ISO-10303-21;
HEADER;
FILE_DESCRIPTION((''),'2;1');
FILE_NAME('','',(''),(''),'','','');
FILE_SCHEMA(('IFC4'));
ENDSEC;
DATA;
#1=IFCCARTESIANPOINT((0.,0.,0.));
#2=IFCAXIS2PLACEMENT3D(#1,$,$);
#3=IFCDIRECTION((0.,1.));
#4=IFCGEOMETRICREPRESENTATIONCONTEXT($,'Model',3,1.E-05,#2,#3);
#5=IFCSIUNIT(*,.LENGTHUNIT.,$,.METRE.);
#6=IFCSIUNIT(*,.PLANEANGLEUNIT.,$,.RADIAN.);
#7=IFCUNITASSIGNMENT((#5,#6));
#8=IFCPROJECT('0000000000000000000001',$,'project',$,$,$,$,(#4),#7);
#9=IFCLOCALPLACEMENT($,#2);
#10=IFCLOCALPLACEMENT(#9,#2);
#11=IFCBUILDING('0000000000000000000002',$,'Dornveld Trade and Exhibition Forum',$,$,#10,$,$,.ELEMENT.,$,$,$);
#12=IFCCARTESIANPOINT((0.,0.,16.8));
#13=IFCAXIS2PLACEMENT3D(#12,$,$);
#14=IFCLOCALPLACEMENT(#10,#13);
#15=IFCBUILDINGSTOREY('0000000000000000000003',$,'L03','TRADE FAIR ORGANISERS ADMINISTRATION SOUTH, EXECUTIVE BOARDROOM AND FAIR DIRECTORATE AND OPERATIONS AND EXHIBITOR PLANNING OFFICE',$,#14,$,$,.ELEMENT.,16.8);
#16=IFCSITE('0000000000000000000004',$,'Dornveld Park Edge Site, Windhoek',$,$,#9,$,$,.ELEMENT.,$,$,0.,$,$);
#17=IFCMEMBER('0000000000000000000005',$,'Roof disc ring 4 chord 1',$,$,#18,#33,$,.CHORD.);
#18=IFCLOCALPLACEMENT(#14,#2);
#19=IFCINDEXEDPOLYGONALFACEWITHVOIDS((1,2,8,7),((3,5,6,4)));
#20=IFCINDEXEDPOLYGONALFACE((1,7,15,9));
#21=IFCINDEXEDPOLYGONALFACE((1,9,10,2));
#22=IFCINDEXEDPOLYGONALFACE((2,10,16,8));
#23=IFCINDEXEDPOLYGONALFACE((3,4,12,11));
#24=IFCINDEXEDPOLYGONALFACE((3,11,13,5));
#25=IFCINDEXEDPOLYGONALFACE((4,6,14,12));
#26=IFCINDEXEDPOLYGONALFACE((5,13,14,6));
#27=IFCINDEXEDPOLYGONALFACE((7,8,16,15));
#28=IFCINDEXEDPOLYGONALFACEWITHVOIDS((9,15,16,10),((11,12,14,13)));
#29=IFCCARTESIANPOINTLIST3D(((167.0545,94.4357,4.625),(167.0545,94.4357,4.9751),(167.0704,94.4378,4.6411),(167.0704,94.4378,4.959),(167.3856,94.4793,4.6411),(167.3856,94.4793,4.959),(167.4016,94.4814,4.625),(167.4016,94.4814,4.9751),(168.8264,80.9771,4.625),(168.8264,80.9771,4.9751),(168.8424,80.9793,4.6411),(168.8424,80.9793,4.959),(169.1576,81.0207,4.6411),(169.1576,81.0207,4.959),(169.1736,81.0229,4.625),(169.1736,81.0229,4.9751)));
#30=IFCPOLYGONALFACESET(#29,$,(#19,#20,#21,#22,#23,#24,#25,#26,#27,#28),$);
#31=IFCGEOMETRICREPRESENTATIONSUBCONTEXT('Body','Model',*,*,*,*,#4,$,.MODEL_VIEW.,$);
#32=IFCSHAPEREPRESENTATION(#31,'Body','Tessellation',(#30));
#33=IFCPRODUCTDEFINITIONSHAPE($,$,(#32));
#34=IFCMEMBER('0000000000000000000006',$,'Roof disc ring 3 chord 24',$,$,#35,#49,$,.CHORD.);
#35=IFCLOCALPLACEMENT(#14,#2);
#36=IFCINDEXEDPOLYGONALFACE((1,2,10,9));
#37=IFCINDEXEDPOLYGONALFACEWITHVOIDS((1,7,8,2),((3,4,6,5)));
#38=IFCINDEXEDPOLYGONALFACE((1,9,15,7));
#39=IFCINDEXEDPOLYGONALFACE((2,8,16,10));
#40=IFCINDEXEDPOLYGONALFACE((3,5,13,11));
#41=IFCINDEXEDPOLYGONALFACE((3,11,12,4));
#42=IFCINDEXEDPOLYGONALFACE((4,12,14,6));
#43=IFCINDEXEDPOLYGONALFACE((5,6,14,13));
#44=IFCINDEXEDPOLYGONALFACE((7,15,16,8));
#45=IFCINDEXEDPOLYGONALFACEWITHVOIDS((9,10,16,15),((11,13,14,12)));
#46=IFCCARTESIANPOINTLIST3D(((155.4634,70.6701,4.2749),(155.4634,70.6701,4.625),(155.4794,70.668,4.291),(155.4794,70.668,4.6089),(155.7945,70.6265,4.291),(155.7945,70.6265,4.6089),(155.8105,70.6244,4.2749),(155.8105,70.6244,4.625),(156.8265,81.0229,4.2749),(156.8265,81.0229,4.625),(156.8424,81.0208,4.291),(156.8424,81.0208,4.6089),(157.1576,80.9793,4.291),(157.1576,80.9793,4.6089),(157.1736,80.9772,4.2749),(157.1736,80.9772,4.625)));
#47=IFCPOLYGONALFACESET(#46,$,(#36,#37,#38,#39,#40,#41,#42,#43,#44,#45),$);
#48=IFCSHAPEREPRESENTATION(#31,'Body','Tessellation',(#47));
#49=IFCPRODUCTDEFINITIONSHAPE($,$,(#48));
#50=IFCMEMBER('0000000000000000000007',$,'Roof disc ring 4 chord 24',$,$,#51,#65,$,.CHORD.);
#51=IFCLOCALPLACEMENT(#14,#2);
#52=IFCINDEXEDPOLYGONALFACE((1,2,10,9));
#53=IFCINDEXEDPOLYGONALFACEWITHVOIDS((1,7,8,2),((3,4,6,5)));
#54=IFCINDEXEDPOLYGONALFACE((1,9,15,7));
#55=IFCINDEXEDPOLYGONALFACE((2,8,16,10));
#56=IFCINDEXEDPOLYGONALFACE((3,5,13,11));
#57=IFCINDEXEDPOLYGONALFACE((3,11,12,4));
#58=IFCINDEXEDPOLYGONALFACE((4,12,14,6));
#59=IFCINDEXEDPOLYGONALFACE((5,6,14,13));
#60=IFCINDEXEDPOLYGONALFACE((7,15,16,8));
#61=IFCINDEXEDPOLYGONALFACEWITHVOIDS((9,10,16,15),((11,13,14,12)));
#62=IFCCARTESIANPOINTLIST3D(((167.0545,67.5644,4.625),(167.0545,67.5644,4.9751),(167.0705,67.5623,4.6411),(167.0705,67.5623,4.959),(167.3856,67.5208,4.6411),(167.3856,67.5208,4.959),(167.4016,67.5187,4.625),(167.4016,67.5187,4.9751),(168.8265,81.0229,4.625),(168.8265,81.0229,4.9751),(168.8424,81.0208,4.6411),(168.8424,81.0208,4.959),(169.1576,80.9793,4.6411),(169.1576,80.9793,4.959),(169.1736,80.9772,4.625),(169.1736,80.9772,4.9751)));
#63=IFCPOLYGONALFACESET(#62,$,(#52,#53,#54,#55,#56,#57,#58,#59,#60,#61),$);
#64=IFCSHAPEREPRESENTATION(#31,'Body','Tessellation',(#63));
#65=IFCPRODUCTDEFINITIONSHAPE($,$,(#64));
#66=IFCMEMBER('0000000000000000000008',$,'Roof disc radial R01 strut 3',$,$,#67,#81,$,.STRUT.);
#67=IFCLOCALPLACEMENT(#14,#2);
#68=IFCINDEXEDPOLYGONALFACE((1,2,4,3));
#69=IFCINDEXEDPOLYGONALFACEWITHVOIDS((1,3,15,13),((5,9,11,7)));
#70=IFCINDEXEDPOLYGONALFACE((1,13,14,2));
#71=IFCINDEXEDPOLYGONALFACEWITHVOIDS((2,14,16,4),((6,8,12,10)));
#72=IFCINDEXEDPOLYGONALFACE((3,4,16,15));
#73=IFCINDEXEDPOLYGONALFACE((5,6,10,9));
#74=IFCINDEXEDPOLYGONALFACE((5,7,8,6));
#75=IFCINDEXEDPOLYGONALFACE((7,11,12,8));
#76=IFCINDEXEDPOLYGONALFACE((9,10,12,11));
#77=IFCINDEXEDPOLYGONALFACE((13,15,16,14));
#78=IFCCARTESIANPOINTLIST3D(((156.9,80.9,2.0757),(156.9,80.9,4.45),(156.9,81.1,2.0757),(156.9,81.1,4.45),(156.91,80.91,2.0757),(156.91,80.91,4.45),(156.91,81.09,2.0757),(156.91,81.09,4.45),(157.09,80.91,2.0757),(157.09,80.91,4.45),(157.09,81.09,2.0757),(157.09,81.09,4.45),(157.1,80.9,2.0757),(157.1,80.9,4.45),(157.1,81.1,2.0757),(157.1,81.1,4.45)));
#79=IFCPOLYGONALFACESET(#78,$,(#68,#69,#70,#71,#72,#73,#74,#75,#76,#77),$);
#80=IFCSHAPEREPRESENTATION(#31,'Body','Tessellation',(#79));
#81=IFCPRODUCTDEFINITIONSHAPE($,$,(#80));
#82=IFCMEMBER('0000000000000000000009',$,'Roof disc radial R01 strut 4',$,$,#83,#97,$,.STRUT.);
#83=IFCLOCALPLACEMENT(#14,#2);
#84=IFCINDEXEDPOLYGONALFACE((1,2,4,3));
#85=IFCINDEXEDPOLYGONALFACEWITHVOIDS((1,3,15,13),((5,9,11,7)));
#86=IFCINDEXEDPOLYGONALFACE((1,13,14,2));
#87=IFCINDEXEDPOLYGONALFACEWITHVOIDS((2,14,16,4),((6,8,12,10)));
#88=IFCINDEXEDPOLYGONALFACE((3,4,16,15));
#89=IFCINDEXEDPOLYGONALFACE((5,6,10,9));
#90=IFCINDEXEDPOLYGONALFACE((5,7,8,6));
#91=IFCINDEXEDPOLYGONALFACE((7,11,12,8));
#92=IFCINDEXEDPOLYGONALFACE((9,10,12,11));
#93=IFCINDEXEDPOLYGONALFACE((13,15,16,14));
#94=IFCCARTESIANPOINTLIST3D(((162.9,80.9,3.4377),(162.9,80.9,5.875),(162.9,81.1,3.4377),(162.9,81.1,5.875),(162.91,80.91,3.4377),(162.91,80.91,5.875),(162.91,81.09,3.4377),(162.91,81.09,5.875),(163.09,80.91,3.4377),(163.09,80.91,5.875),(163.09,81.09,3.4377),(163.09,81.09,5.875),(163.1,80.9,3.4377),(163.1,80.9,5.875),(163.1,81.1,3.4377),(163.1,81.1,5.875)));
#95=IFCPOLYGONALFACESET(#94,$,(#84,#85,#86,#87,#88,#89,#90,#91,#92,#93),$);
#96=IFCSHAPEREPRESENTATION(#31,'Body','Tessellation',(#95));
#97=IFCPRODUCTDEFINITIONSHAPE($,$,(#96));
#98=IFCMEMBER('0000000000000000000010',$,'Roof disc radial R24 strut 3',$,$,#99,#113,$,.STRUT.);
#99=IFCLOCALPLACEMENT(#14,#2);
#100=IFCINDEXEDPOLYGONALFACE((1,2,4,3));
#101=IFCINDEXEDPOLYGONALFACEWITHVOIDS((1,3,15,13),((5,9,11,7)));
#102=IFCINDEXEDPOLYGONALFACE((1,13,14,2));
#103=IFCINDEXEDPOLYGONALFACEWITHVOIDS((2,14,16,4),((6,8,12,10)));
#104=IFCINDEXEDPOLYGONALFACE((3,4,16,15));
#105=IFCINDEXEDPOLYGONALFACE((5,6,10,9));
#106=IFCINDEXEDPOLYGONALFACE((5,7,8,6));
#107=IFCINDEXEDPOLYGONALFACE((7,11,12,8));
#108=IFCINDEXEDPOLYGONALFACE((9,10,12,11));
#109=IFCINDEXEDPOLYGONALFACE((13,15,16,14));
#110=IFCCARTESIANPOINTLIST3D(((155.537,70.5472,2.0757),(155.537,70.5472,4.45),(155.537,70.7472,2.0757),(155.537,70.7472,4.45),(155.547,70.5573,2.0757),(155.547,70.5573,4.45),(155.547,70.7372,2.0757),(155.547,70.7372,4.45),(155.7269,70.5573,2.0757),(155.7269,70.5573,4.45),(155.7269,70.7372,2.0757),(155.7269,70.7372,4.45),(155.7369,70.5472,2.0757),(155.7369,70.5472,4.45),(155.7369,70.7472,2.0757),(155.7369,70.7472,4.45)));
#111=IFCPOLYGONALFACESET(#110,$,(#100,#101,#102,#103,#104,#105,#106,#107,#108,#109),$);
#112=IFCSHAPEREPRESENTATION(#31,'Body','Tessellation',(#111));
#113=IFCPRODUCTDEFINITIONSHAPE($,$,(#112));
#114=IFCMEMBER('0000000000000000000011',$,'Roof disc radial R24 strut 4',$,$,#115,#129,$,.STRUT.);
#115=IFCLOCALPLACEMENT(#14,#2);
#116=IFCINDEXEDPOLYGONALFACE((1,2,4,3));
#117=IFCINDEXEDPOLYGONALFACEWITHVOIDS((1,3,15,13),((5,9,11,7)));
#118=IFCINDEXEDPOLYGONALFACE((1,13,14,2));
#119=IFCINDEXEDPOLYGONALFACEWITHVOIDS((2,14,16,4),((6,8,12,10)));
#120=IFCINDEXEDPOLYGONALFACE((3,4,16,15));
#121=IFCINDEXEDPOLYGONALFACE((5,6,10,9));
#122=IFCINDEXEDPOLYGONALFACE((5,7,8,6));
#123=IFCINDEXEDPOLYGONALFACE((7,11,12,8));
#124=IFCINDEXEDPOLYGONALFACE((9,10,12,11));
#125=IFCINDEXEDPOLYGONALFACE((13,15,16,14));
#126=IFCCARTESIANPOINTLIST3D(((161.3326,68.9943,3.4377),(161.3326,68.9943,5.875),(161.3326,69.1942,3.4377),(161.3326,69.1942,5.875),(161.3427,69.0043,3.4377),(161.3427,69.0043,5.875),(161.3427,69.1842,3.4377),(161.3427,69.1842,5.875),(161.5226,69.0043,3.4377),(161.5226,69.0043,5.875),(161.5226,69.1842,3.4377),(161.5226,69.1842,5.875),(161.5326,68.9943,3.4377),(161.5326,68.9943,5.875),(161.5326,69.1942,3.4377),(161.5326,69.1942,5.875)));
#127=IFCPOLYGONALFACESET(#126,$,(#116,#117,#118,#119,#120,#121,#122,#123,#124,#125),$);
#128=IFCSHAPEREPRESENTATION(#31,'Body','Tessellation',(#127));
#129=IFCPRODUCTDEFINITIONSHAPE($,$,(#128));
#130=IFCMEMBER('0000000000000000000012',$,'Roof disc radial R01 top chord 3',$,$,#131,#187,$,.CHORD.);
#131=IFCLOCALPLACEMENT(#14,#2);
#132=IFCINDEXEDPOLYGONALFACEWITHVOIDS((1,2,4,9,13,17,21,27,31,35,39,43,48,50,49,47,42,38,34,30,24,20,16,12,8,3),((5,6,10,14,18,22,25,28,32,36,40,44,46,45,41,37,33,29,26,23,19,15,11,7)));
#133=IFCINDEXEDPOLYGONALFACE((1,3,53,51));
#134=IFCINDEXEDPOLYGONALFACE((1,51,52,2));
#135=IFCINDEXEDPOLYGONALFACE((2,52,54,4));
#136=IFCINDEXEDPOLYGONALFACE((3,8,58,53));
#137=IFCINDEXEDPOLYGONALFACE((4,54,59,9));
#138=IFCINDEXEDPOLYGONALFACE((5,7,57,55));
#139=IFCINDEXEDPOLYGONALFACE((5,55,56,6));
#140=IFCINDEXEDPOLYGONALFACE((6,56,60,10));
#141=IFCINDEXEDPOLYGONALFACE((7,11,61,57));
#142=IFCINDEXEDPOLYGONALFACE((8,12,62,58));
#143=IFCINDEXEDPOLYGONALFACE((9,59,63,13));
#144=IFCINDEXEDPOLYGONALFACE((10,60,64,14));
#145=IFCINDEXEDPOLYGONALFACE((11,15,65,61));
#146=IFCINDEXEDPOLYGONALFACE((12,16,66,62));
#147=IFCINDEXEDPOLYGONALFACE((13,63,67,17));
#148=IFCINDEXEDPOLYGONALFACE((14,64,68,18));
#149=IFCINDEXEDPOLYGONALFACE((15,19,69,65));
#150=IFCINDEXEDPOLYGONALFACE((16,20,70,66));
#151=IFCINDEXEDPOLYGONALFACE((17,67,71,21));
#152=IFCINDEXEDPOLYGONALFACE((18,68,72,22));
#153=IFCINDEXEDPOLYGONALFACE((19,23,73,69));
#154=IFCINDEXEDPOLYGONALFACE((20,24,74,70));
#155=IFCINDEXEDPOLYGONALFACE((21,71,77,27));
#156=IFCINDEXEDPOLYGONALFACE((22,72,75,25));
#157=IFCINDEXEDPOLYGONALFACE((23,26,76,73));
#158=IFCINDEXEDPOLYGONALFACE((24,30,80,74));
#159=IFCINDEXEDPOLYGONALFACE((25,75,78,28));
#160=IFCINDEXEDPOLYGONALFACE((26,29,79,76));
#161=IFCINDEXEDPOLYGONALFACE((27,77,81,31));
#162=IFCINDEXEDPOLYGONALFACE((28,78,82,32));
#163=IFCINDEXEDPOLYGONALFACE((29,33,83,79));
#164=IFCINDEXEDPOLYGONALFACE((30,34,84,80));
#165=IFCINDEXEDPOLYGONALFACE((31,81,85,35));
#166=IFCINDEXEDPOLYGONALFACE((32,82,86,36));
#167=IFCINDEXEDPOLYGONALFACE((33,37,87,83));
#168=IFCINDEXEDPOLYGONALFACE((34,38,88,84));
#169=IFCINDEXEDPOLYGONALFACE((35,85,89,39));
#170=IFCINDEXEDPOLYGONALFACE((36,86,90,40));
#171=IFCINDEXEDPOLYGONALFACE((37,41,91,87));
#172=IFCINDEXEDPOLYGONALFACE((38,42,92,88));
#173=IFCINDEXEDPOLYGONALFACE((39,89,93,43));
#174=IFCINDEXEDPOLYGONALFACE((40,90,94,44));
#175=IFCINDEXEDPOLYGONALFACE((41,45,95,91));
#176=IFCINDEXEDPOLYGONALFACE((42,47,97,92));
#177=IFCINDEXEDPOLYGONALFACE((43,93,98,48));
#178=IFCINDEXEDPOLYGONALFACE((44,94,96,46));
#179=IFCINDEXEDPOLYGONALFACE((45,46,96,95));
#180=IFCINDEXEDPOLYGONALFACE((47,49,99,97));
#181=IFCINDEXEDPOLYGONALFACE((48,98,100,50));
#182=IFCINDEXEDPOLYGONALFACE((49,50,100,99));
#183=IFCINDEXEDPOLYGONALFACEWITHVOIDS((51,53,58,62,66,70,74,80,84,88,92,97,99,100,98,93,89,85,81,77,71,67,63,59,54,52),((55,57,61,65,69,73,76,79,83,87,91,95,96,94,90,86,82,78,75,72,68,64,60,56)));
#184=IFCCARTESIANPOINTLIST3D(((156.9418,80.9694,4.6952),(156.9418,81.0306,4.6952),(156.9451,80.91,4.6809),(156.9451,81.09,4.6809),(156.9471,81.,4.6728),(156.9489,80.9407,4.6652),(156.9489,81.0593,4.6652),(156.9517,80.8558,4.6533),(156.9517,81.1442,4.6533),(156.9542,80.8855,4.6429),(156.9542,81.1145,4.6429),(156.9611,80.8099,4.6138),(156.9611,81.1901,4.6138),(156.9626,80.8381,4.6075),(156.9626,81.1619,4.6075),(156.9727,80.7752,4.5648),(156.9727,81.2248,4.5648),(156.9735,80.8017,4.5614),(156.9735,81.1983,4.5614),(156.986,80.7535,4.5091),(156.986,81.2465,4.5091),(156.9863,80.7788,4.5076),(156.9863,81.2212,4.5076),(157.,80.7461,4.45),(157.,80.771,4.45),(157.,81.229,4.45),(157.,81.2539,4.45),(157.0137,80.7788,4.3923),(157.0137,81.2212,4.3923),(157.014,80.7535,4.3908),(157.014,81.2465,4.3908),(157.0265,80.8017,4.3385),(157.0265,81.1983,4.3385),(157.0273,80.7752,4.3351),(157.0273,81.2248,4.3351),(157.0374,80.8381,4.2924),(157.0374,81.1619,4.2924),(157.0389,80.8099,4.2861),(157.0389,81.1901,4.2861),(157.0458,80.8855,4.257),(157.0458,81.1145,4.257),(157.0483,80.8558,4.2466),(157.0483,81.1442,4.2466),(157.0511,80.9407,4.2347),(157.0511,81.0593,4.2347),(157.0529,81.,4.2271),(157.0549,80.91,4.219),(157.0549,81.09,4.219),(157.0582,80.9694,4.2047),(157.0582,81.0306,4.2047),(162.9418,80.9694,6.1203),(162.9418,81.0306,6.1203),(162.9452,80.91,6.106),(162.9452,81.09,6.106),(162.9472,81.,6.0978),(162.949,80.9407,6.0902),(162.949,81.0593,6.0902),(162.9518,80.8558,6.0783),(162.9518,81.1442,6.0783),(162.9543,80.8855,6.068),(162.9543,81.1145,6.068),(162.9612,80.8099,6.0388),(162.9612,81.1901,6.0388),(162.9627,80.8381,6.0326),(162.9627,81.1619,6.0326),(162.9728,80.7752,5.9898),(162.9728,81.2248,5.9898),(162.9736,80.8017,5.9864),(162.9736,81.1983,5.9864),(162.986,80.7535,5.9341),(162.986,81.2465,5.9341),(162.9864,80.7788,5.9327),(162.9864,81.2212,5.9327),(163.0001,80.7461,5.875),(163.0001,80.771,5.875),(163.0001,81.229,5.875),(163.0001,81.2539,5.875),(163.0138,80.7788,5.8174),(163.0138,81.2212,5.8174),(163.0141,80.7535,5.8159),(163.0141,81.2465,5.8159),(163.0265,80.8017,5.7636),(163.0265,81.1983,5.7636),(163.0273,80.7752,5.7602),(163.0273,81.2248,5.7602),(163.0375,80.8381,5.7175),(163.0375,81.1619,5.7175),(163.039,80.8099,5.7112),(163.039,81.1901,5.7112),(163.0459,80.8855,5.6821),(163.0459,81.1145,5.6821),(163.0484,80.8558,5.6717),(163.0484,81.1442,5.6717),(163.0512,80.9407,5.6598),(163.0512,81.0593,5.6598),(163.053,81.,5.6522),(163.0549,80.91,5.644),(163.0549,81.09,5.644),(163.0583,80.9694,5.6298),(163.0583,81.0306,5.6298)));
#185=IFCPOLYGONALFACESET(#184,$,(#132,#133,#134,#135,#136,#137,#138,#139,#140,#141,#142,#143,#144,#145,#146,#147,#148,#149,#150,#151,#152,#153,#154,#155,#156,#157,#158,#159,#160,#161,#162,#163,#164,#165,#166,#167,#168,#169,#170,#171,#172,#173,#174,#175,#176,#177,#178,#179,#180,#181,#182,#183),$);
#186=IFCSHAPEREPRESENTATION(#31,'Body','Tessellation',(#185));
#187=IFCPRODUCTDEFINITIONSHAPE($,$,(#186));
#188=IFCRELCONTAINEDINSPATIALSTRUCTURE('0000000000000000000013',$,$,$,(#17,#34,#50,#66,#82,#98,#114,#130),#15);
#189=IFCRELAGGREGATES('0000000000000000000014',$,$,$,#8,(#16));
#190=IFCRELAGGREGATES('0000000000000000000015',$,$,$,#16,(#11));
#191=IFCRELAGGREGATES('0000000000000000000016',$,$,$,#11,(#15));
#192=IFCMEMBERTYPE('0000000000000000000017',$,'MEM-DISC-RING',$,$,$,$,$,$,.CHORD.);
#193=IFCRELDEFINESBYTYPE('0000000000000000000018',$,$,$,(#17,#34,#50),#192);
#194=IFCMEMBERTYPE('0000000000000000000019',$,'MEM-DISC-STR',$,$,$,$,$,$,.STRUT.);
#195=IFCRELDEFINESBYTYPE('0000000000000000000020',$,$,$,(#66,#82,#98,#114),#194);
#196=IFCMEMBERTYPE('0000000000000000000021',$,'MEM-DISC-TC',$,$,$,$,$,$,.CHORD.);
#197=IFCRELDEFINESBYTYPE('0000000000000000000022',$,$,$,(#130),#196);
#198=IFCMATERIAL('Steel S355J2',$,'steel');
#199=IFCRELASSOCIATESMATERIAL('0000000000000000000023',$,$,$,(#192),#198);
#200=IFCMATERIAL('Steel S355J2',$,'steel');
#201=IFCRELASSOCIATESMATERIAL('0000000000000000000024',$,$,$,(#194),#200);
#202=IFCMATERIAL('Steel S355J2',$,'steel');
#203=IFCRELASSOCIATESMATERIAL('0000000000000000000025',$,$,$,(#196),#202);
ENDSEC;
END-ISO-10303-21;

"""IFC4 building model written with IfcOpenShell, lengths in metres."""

from ifc_helpers import new_model, si_unit, direction, frame, origin, origin_2d, place, context, subcontext, project, spatial, hollow_rectangle, hollow_circle, extrude, material, material_profile, profile_set, type_object, element, save


model = new_model("IFC4")

# Units and contexts
model_context = context("Model", 3, precision=1e-05, world=origin(), true_north=direction((0.0, 1.0)))
body_context = subcontext(model_context, "Body", "Model", "MODEL_VIEW")
ifc_project = project(units=[si_unit("LENGTHUNIT", "METRE"), si_unit("PLANEANGLEUNIT", "RADIAN")], contexts=[model_context])

# Site, building, storey
site_placement = place(None, origin())
site = spatial("IfcSite", under=ifc_project, at=site_placement, Name="Dornveld Park Edge Site, Windhoek", CompositionType="ELEMENT", RefElevation=0.0)
building_placement = place(site_placement, origin())
building = spatial("IfcBuilding", under=site, at=building_placement, Name="Dornveld Trade and Exhibition Forum", CompositionType="ELEMENT")
storey_placement = place(building_placement, frame((0.0, 0.0, 16.8)))
storey = spatial("IfcBuildingStorey", under=building, at=storey_placement, Name="L03", Description="TRADE FAIR ORGANISERS ADMINISTRATION SOUTH, EXECUTIVE BOARDROOM AND FAIR DIRECTORATE AND OPERATIONS AND EXHIBITOR PLANNING OFFICE", CompositionType="ELEMENT", Elevation=16.8)

# Members
ifc_material_1 = material(Name="Steel S355J2", Category="steel")
ifc_material_profile_1 = material_profile(ifc_material_1, hollow_rectangle(XDim=0.3501, YDim=0.3501, WallThickness=0.0161, at=origin_2d()), Name="SHS 350x350x16")
ifc_profile_set_1 = profile_set([ifc_material_profile_1], Name="Steel S355J2")
member_type_1 = type_object("IfcMemberType", Name="MEM-DISC-RING", PredefinedType="CHORD", material=ifc_profile_set_1)
member_1_placement = place(storey_placement, frame((169.0, 81.0, 4.8), z_axis=(-0.130535, 0.991444, 0.0), x_axis=(-0.991444, -0.130535, 0.0)))
element("IfcMember", 1, at=member_1_placement, inside=storey, type_object=member_type_1, Name="Roof disc ring 4 chord 1", PredefinedType="CHORD", context=body_context, shape_type="SweptSolid", body=[
    extrude(hollow_rectangle(XDim=0.3501, YDim=0.3501, WallThickness=0.0161, at=origin_2d()), origin(), (0.0, 0.0, 1.0), 13.5747),
])
member_2_placement = place(storey_placement, frame((155.637, 70.6472, 4.45), z_axis=(0.130533, 0.991444, 0.0), x_axis=(-0.991444, 0.130533, 0.0)))
element("IfcMember", 2, at=member_2_placement, inside=storey, type_object=member_type_1, Name="Roof disc ring 3 chord 24", PredefinedType="CHORD", context=body_context, shape_type="SweptSolid", body=[
    extrude(hollow_rectangle(XDim=0.3501, YDim=0.3501, WallThickness=0.0161, at=origin_2d()), origin(), (0.0, 0.0, 1.0), 10.4421),
])
member_3_placement = place(storey_placement, frame((167.228, 67.5415, 4.8), z_axis=(0.130535, 0.991444, 0.0), x_axis=(-0.991444, 0.130535, 0.0)))
element("IfcMember", 3, at=member_3_placement, inside=storey, type_object=member_type_1, Name="Roof disc ring 4 chord 24", PredefinedType="CHORD", context=body_context, shape_type="SweptSolid", body=[
    extrude(hollow_rectangle(XDim=0.3501, YDim=0.3501, WallThickness=0.0161, at=origin_2d()), origin(), (0.0, 0.0, 1.0), 13.5747),
])
ifc_material_2 = material(Name="Steel S355J2", Category="steel")
ifc_material_profile_2 = material_profile(ifc_material_2, hollow_rectangle(XDim=0.2, YDim=0.2, WallThickness=0.01, at=origin_2d()), Name="SHS 200x200x10")
ifc_profile_set_2 = profile_set([ifc_material_profile_2], Name="Steel S355J2")
member_type_2 = type_object("IfcMemberType", Name="MEM-DISC-STR", PredefinedType="STRUT", material=ifc_profile_set_2)
member_4_placement = place(storey_placement, frame((157.0, 81.0, 2.0757), z_axis=(0.0, 0.0, 1.0), x_axis=(1.0, 0.0, 0.0)))
element("IfcMember", 4, at=member_4_placement, inside=storey, type_object=member_type_2, Name="Roof disc radial R01 strut 3", PredefinedType="STRUT", context=body_context, shape_type="SweptSolid", body=[
    extrude(hollow_rectangle(XDim=0.2, YDim=0.2, WallThickness=0.01, at=origin_2d()), origin(), (0.0, 0.0, 1.0), 2.3743),
])
member_5_placement = place(storey_placement, frame((163.0, 81.0, 3.4377), z_axis=(0.0, 0.0, 1.0), x_axis=(1.0, 0.0, 0.0)))
element("IfcMember", 5, at=member_5_placement, inside=storey, type_object=member_type_2, Name="Roof disc radial R01 strut 4", PredefinedType="STRUT", context=body_context, shape_type="SweptSolid", body=[
    extrude(hollow_rectangle(XDim=0.2, YDim=0.2, WallThickness=0.01, at=origin_2d()), origin(), (0.0, 0.0, 1.0), 2.4373),
])
member_6_placement = place(storey_placement, frame((155.637, 70.6472, 2.0757), z_axis=(0.0, 0.0, 1.0), x_axis=(1.0, 0.0, 0.0)))
element("IfcMember", 6, at=member_6_placement, inside=storey, type_object=member_type_2, Name="Roof disc radial R24 strut 3", PredefinedType="STRUT", context=body_context, shape_type="SweptSolid", body=[
    extrude(hollow_rectangle(XDim=0.2, YDim=0.2, WallThickness=0.01, at=origin_2d()), origin(), (0.0, 0.0, 1.0), 2.3743),
])
member_7_placement = place(storey_placement, frame((161.4326, 69.0942, 3.4377), z_axis=(0.0, 0.0, 1.0), x_axis=(1.0, 0.0, 0.0)))
element("IfcMember", 7, at=member_7_placement, inside=storey, type_object=member_type_2, Name="Roof disc radial R24 strut 4", PredefinedType="STRUT", context=body_context, shape_type="SweptSolid", body=[
    extrude(hollow_rectangle(XDim=0.2, YDim=0.2, WallThickness=0.01, at=origin_2d()), origin(), (0.0, 0.0, 1.0), 2.4373),
])
ifc_material_3 = material(Name="Steel S355J2", Category="steel")
ifc_material_profile_3 = material_profile(ifc_material_3, hollow_circle(Radius=0.2539, WallThickness=0.0249, at=origin_2d()), Name="CHS 508x25")
ifc_profile_set_3 = profile_set([ifc_material_profile_3], Name="Steel S355J2")
member_type_3 = type_object("IfcMemberType", Name="MEM-DISC-TC", PredefinedType="CHORD", material=ifc_profile_set_3)
member_8_placement = place(storey_placement, frame((157.0, 81.0, 4.45), z_axis=(0.972935, 0.0, 0.23108), x_axis=(0.0, 1.0, 0.0)))
element("IfcMember", 8, at=member_8_placement, inside=storey, type_object=member_type_3, Name="Roof disc radial R01 top chord 3", PredefinedType="CHORD", context=body_context, shape_type="SweptSolid", body=[
    extrude(hollow_circle(Radius=0.2539, WallThickness=0.0249, at=origin_2d()), origin(), (0.0, 0.0, 1.0), 6.167),
])

save(model, "model.ifc")
